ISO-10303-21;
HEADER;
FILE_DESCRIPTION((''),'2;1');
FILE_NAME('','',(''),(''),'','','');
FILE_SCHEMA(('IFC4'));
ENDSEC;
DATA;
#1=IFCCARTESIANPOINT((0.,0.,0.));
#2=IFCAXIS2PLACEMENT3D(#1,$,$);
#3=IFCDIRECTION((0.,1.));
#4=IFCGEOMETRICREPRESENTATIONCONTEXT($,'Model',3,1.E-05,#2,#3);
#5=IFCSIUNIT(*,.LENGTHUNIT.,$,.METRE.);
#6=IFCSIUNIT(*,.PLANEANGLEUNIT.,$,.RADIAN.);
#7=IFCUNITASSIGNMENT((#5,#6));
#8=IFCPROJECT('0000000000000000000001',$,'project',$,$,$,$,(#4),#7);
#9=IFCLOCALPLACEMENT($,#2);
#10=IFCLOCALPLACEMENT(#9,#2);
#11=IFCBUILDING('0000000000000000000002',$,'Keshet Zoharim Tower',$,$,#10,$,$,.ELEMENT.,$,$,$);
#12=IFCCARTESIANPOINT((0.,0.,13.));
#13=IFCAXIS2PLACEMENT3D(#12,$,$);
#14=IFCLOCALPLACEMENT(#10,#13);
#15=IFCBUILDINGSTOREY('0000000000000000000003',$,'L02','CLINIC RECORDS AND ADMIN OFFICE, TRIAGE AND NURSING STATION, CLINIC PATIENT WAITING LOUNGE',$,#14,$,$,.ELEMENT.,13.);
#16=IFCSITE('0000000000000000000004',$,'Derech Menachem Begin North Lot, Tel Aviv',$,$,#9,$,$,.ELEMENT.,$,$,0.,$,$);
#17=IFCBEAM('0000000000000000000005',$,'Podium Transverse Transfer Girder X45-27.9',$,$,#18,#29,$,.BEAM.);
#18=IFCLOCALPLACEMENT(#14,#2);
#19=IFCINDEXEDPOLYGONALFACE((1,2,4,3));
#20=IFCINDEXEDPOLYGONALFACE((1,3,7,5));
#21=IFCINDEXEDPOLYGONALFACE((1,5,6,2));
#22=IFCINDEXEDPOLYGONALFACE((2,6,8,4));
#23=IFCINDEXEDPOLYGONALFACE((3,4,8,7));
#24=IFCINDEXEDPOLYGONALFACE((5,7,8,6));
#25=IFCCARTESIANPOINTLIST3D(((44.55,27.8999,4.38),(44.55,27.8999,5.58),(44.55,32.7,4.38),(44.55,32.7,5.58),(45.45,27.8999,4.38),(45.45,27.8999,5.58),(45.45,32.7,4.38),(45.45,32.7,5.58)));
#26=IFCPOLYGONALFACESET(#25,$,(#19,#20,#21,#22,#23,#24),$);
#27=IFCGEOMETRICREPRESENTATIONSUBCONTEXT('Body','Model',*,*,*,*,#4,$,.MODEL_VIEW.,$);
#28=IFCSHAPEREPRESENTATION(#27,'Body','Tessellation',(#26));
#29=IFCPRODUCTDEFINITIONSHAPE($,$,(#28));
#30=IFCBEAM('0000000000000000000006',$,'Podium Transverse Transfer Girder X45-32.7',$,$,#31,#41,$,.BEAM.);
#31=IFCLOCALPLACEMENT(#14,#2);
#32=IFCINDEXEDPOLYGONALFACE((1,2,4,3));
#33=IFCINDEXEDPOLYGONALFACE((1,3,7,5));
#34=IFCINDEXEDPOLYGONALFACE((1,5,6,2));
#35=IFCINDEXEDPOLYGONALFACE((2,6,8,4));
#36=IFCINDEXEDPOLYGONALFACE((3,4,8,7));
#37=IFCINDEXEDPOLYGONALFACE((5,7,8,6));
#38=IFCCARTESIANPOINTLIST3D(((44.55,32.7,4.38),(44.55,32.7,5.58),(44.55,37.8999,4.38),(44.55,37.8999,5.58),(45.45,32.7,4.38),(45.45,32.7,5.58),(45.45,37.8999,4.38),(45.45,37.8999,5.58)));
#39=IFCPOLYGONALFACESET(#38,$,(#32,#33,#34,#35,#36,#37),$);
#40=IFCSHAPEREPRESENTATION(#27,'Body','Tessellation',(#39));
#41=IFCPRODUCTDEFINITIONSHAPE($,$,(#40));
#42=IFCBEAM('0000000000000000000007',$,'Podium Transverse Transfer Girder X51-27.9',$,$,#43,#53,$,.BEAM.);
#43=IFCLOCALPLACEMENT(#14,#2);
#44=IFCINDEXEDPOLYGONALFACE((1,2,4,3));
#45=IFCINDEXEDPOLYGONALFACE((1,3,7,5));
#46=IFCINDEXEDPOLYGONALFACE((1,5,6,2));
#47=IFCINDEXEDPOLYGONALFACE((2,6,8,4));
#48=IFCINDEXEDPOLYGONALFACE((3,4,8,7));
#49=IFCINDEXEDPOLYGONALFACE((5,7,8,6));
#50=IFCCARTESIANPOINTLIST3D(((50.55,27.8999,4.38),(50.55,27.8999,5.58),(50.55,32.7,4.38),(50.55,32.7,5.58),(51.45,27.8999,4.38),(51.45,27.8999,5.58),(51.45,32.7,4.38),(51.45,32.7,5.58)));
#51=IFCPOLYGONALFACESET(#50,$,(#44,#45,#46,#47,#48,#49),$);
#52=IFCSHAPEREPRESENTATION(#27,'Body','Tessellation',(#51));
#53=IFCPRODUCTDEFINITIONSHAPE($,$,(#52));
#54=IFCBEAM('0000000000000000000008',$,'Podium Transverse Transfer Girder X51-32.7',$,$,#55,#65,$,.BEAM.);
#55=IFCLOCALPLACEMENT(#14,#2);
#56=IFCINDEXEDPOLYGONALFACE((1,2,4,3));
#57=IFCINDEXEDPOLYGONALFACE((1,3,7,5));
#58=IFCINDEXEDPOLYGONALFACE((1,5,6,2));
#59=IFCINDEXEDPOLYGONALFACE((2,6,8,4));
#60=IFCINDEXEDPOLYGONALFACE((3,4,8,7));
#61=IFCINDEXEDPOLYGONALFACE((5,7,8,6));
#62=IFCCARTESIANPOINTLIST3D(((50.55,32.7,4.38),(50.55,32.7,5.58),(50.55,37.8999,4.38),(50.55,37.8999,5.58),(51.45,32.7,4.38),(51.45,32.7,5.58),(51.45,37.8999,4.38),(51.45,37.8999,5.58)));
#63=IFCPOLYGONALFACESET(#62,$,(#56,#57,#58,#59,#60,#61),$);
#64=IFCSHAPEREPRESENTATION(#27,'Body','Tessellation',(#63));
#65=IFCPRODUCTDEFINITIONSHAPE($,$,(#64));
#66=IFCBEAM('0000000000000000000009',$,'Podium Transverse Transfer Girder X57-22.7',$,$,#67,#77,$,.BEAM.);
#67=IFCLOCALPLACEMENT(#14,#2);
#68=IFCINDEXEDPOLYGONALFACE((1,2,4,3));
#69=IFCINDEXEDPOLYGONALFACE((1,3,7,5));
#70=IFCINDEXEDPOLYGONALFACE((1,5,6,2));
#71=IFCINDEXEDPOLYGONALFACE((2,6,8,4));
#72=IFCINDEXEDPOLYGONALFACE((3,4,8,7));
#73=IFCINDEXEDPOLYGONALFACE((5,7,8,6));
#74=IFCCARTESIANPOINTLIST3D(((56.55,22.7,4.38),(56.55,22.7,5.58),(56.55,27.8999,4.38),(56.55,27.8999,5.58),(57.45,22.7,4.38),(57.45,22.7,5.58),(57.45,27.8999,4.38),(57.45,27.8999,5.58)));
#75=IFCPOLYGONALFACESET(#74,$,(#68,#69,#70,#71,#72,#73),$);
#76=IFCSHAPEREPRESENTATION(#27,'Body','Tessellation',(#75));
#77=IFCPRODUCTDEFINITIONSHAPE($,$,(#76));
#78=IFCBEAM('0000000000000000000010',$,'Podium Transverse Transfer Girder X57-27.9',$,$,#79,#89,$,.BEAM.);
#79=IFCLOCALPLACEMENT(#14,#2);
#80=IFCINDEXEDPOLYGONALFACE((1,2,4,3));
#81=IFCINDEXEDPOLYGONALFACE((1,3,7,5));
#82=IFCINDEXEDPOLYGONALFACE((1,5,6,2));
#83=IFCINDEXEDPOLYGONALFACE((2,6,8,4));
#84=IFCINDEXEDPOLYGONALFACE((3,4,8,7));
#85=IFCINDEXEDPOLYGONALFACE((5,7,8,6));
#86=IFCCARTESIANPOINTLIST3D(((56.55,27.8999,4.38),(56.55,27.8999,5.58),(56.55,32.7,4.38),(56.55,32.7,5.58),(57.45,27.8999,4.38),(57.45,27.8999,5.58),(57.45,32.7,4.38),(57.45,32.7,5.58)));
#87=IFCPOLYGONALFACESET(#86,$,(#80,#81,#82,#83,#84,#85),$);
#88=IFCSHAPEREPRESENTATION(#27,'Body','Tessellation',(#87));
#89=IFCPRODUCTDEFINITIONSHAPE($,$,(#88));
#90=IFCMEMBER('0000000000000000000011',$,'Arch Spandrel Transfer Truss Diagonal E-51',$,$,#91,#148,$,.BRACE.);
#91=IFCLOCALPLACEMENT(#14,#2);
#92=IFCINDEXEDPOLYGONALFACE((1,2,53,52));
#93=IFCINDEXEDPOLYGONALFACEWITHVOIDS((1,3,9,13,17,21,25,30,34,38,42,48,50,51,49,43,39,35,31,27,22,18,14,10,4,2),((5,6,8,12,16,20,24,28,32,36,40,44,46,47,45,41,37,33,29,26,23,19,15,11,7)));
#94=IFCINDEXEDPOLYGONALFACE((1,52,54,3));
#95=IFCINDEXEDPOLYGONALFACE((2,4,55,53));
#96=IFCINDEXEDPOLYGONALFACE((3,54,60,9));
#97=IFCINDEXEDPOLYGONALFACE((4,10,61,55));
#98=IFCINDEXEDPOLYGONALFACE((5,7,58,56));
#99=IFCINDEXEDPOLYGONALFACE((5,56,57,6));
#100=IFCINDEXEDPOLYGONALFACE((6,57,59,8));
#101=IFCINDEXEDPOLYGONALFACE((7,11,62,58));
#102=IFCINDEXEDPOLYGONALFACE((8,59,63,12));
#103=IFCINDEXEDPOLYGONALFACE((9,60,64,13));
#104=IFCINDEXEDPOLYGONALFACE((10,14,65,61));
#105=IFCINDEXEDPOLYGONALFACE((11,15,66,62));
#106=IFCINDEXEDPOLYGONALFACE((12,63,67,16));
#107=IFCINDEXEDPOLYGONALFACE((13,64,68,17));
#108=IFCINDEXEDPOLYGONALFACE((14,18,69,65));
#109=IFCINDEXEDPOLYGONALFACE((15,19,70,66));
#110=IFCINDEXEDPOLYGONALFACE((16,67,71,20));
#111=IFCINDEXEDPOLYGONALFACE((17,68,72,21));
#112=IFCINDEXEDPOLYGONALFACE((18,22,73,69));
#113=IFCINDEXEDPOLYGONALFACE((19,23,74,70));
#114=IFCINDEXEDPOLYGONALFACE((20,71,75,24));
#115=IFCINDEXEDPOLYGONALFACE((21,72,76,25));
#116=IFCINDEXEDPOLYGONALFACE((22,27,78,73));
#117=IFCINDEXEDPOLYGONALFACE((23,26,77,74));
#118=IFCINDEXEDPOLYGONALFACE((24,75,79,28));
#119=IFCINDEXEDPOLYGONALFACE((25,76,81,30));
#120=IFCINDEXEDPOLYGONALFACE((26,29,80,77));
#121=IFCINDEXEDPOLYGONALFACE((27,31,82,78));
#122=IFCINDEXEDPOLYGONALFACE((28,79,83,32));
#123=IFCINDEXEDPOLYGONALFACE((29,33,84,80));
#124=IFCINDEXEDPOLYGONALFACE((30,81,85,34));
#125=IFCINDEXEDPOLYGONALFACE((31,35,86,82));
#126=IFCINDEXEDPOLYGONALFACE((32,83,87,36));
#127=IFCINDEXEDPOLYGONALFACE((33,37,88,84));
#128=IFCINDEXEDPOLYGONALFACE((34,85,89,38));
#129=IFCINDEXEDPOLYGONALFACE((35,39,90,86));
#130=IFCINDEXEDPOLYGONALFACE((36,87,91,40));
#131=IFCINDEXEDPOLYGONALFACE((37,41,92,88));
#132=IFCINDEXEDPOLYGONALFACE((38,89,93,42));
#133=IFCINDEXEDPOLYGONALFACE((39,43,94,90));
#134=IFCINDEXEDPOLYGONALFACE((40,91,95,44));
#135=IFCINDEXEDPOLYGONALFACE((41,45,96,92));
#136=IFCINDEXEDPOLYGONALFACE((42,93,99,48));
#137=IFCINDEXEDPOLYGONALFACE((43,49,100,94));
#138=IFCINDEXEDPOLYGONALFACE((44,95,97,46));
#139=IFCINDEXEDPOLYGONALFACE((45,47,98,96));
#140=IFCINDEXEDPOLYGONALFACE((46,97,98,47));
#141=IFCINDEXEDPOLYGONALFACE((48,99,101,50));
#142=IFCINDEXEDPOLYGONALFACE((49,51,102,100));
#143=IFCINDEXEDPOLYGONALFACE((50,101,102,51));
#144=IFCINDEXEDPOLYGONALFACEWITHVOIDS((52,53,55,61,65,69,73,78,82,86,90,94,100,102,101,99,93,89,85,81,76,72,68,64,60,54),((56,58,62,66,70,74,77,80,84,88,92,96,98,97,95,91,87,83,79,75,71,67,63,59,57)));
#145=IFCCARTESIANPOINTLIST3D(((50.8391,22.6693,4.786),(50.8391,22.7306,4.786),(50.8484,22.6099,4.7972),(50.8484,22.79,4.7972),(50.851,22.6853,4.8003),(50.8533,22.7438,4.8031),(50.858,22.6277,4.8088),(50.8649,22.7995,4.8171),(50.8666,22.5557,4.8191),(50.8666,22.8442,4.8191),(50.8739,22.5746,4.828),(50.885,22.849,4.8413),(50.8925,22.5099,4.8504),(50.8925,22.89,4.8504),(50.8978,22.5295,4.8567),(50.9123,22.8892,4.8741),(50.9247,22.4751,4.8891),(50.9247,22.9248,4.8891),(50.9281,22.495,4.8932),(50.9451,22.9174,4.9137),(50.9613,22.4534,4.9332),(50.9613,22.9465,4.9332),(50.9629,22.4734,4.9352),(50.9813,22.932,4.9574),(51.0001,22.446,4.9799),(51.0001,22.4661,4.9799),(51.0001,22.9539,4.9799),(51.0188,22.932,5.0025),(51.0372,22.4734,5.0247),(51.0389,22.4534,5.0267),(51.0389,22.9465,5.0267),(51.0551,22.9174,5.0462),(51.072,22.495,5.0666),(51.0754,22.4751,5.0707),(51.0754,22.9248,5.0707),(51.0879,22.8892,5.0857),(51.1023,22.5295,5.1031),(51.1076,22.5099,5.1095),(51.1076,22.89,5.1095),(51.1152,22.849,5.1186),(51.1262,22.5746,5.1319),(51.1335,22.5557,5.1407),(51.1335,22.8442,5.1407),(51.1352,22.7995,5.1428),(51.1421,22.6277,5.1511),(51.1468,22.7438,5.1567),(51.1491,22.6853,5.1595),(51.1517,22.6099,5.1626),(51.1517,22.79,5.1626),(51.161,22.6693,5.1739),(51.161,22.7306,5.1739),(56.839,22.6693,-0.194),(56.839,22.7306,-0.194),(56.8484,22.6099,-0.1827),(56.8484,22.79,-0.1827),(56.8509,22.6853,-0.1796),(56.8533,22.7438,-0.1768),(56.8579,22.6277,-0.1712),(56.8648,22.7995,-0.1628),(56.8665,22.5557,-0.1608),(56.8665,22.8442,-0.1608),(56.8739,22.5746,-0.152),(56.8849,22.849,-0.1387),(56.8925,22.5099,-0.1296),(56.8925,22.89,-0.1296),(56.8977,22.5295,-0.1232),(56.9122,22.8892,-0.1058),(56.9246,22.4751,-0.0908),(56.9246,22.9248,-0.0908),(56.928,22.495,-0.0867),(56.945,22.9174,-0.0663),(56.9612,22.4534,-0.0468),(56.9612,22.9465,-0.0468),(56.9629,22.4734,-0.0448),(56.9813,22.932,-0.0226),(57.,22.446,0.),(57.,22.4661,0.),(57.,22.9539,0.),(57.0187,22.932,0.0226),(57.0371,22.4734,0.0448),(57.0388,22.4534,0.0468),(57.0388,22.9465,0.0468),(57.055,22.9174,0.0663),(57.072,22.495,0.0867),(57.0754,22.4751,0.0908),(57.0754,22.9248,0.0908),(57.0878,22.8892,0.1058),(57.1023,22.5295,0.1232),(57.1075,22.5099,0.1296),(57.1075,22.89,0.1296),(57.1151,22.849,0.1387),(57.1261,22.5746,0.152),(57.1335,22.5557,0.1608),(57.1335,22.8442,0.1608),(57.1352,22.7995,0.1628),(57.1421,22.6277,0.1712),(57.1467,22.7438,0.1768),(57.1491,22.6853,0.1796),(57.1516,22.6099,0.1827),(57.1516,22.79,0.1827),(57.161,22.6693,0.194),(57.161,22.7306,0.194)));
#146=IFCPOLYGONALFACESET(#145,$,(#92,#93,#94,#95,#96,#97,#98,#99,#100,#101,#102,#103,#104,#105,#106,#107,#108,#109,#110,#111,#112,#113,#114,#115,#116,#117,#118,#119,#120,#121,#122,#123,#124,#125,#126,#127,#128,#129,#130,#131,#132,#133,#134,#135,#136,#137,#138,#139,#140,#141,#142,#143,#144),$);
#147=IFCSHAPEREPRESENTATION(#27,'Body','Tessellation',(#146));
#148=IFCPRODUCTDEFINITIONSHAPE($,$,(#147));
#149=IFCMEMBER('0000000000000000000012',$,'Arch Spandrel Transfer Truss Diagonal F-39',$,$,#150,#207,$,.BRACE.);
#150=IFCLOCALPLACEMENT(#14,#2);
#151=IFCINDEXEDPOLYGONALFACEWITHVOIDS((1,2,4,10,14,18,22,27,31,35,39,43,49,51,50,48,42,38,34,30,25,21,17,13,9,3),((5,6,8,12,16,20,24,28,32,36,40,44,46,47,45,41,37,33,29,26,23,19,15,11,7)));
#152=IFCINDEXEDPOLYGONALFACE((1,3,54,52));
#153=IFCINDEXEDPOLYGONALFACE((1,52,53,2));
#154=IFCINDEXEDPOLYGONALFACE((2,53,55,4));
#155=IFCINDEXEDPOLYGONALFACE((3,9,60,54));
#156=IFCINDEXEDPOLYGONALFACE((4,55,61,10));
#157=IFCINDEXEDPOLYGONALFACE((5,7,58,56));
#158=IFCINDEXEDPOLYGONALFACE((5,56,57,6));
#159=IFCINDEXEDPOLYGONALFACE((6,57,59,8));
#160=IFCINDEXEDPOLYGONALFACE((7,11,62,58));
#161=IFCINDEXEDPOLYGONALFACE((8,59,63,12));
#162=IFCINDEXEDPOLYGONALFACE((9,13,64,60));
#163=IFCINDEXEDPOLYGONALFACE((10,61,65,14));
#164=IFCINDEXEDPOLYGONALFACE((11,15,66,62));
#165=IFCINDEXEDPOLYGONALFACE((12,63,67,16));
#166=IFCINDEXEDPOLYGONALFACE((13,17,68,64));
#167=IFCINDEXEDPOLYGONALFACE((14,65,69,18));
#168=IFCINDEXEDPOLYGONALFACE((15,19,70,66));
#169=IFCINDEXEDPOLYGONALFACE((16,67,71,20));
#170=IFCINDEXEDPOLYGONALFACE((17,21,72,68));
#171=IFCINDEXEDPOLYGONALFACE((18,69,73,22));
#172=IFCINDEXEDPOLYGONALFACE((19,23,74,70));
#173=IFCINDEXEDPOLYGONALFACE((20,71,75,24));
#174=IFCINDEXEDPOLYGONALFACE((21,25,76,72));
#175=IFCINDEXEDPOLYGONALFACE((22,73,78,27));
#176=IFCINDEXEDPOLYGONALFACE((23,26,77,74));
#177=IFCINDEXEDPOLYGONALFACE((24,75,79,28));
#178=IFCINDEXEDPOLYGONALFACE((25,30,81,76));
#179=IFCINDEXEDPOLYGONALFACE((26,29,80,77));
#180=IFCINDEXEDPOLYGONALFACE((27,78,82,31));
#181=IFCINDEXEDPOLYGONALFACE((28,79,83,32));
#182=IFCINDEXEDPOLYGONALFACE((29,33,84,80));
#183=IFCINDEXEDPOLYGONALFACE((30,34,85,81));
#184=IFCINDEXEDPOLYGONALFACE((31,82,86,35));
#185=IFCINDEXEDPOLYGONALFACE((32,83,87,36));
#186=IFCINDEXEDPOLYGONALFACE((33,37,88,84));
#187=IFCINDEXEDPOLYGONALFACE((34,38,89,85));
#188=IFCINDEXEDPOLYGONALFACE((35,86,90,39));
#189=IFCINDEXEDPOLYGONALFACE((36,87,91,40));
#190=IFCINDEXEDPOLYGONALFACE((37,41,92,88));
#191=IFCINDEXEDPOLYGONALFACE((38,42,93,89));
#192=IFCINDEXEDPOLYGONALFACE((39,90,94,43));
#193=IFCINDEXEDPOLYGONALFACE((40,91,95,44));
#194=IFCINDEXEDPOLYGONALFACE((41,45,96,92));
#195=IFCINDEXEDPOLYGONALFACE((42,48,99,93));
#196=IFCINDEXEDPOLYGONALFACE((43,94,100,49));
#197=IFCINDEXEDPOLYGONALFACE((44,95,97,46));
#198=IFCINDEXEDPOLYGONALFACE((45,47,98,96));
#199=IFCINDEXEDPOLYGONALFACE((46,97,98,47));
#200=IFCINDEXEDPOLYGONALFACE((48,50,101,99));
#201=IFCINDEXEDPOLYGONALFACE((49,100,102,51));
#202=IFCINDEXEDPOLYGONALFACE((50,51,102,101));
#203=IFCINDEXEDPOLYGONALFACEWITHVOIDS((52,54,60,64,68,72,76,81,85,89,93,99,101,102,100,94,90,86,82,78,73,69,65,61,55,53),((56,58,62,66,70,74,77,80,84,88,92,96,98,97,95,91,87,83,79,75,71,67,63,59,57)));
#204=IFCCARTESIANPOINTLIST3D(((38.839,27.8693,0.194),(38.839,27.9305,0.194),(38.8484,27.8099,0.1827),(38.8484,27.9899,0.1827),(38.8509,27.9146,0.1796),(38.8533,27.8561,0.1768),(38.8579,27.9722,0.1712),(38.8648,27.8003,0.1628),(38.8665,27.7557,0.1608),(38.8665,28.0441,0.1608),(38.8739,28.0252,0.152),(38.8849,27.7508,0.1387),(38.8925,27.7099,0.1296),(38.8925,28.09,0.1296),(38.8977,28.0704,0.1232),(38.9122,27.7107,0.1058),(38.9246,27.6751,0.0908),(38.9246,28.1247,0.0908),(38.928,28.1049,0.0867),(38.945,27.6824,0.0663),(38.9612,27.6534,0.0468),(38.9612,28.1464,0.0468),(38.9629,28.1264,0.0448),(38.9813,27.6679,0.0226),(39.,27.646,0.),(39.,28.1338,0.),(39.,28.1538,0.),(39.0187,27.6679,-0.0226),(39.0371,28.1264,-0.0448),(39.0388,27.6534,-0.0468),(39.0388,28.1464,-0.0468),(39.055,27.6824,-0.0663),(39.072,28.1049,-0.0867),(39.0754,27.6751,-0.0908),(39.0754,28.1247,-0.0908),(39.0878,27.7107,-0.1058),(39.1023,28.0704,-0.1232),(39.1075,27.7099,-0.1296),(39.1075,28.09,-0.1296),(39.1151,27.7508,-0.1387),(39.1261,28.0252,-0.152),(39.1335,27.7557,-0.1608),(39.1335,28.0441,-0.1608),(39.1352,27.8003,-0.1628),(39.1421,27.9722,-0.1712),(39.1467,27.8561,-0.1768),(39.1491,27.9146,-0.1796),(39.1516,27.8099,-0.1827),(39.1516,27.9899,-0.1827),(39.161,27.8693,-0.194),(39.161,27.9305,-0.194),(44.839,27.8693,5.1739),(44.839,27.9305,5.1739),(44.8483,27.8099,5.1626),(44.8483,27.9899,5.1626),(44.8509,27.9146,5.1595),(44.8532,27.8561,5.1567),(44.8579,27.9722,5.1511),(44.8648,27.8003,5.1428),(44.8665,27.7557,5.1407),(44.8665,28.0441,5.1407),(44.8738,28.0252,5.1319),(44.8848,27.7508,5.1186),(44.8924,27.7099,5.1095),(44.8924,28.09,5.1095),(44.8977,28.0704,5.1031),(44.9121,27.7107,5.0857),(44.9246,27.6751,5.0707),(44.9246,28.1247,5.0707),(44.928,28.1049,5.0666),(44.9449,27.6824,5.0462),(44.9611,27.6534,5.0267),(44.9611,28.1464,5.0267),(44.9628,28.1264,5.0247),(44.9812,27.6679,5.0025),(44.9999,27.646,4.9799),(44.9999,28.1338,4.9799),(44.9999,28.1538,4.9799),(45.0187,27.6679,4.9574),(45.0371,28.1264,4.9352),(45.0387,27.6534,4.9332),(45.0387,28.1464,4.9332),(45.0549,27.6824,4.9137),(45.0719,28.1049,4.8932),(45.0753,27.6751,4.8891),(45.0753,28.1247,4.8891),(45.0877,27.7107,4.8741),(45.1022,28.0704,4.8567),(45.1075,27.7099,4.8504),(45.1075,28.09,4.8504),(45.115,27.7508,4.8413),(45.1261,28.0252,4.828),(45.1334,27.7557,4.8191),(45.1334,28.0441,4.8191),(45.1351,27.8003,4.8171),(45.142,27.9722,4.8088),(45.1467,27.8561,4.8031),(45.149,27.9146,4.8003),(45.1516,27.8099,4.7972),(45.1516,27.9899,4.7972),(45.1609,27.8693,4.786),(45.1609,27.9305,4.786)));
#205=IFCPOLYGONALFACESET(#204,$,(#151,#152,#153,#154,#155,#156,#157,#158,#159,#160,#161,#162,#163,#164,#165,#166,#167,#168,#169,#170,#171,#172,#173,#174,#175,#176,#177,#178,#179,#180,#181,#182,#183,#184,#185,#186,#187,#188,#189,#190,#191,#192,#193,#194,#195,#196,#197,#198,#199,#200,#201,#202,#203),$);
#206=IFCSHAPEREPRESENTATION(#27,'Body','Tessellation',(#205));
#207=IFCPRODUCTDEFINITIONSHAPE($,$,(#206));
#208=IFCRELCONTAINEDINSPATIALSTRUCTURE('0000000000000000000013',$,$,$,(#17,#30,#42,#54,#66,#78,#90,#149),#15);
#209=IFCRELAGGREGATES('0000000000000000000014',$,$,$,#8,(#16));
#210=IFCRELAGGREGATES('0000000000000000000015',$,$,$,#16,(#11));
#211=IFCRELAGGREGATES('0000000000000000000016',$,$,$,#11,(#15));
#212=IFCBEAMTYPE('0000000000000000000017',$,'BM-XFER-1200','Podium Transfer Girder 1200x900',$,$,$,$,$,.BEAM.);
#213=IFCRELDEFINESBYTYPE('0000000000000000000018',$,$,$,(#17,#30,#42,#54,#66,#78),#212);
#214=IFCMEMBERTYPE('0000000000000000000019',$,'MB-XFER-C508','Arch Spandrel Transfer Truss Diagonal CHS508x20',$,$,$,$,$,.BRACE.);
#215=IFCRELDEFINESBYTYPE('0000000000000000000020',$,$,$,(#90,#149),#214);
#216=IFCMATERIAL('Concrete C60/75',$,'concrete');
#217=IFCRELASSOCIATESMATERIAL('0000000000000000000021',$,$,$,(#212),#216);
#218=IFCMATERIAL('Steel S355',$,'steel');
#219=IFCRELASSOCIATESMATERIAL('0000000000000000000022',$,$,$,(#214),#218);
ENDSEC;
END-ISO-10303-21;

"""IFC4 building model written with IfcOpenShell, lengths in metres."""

from ifc_helpers import new_model, si_unit, direction, frame, origin, origin_2d, place, context, subcontext, project, spatial, rectangle, hollow_circle, extrude, material, material_profile, profile_set, type_object, element, save


model = new_model("IFC4")

# Units and contexts
model_context = context("Model", 3, precision=1e-05, world=origin(), true_north=direction((0.0, 1.0)))
body_context = subcontext(model_context, "Body", "Model", "MODEL_VIEW")
ifc_project = project(units=[si_unit("LENGTHUNIT", "METRE"), si_unit("PLANEANGLEUNIT", "RADIAN")], contexts=[model_context])

# Site, building, storey
site_placement = place(None, origin())
site = spatial("IfcSite", under=ifc_project, at=site_placement, Name="Derech Menachem Begin North Lot, Tel Aviv", CompositionType="ELEMENT", RefElevation=0.0)
building_placement = place(site_placement, origin())
building = spatial("IfcBuilding", under=site, at=building_placement, Name="Keshet Zoharim Tower", CompositionType="ELEMENT")
storey_placement = place(building_placement, frame((0.0, 0.0, 13.0)))
storey = spatial("IfcBuildingStorey", under=building, at=storey_placement, Name="L02", Description="CLINIC RECORDS AND ADMIN OFFICE, TRIAGE AND NURSING STATION, CLINIC PATIENT WAITING LOUNGE", CompositionType="ELEMENT", Elevation=13.0)

# Shared definitions
ifc_material_1 = material(Name="Steel S355", Category="steel")

# Beams
ifc_material_2 = material(Name="Concrete C60/75", Category="concrete")
ifc_material_profile_1 = material_profile(ifc_material_2, rectangle(XDim=0.8999, YDim=1.2, at=origin_2d()), Name="RC1200x900")
ifc_profile_set_1 = profile_set([ifc_material_profile_1], Name="Concrete C60/75")
beam_type_1 = type_object("IfcBeamType", Name="BM-XFER-1200", Description="Podium Transfer Girder 1200x900", PredefinedType="BEAM", material=ifc_profile_set_1)
beam_1_placement = place(storey_placement, frame((45.0, 27.8999, 4.98), z_axis=(0.0, 1.0, 0.0), x_axis=(-1.0, 0.0, 0.0)))
element("IfcBeam", 1, at=beam_1_placement, inside=storey, type_object=beam_type_1, Name="Podium Transverse Transfer Girder X45-27.9", PredefinedType="BEAM", context=body_context, shape_type="SweptSolid", body=[
    extrude(rectangle(XDim=0.8999, YDim=1.2, at=origin_2d()), origin(), (0.0, 0.0, 1.0), 4.8),
])
beam_2_placement = place(storey_placement, frame((45.0, 32.7, 4.98), z_axis=(0.0, 1.0, 0.0), x_axis=(-1.0, 0.0, 0.0)))
element("IfcBeam", 2, at=beam_2_placement, inside=storey, type_object=beam_type_1, Name="Podium Transverse Transfer Girder X45-32.7", PredefinedType="BEAM", context=body_context, shape_type="SweptSolid", body=[
    extrude(rectangle(XDim=0.8999, YDim=1.2, at=origin_2d()), origin(), (0.0, 0.0, 1.0), 5.2),
])
beam_3_placement = place(storey_placement, frame((51.0, 27.8999, 4.98), z_axis=(0.0, 1.0, 0.0), x_axis=(-1.0, 0.0, 0.0)))
element("IfcBeam", 3, at=beam_3_placement, inside=storey, type_object=beam_type_1, Name="Podium Transverse Transfer Girder X51-27.9", PredefinedType="BEAM", context=body_context, shape_type="SweptSolid", body=[
    extrude(rectangle(XDim=0.8999, YDim=1.2, at=origin_2d()), origin(), (0.0, 0.0, 1.0), 4.8),
])
for number, where, z_axis, x_axis, name in (
    (4, (51.0, 32.7, 4.98), (0.0, 1.0, 0.0), (-1.0, 0.0, 0.0), "Podium Transverse Transfer Girder X51-32.7"),
    (5, (57.0, 22.7, 4.98), (0.0, 1.0, 0.0), (-1.0, 0.0, 0.0), "Podium Transverse Transfer Girder X57-22.7"),
):
    element("IfcBeam", number, at=place(storey_placement, frame(where, z_axis=z_axis, x_axis=x_axis)), inside=storey, type_object=beam_type_1, Name=name, PredefinedType="BEAM", context=body_context, shape_type="SweptSolid", body=[
        extrude(rectangle(XDim=0.8999, YDim=1.2, at=origin_2d()), origin(), (0.0, 0.0, 1.0), 5.2),
    ])
beam_4_placement = place(storey_placement, frame((57.0, 27.8999, 4.98), z_axis=(0.0, 1.0, 0.0), x_axis=(-1.0, 0.0, 0.0)))
element("IfcBeam", 6, at=beam_4_placement, inside=storey, type_object=beam_type_1, Name="Podium Transverse Transfer Girder X57-27.9", PredefinedType="BEAM", context=body_context, shape_type="SweptSolid", body=[
    extrude(rectangle(XDim=0.8999, YDim=1.2, at=origin_2d()), origin(), (0.0, 0.0, 1.0), 4.8),
])

# Members
ifc_material_profile_2 = material_profile(ifc_material_1, hollow_circle(Radius=0.2539, WallThickness=0.02, at=origin_2d()), Name="CHS508x20")
ifc_profile_set_2 = profile_set([ifc_material_profile_2], Name="Steel S355")
member_type = type_object("IfcMemberType", Name="MB-XFER-C508", Description="Arch Spandrel Transfer Truss Diagonal CHS508x20", PredefinedType="BRACE", material=ifc_profile_set_2)
for number, where, z_axis, x_axis, name in (
    (7, (57.0, 22.7, 0.0), (-0.769482, 0.0, 0.638668), (0.0, -1.0, 0.0), "Arch Spandrel Transfer Truss Diagonal E-51"),
    (8, (39.0, 27.8999, 0.0), (0.769482, 0.0, 0.638668), (0.0, 1.0, 0.0), "Arch Spandrel Transfer Truss Diagonal F-39"),
):
    element("IfcMember", number, at=place(storey_placement, frame(where, z_axis=z_axis, x_axis=x_axis)), inside=storey, type_object=member_type, Name=name, PredefinedType="BRACE", context=body_context, shape_type="SweptSolid", body=[
        extrude(hollow_circle(Radius=0.2539, WallThickness=0.02, at=origin_2d()), origin(), (0.0, 0.0, 1.0), 7.7974),
    ])

save(model, "model.ifc")
